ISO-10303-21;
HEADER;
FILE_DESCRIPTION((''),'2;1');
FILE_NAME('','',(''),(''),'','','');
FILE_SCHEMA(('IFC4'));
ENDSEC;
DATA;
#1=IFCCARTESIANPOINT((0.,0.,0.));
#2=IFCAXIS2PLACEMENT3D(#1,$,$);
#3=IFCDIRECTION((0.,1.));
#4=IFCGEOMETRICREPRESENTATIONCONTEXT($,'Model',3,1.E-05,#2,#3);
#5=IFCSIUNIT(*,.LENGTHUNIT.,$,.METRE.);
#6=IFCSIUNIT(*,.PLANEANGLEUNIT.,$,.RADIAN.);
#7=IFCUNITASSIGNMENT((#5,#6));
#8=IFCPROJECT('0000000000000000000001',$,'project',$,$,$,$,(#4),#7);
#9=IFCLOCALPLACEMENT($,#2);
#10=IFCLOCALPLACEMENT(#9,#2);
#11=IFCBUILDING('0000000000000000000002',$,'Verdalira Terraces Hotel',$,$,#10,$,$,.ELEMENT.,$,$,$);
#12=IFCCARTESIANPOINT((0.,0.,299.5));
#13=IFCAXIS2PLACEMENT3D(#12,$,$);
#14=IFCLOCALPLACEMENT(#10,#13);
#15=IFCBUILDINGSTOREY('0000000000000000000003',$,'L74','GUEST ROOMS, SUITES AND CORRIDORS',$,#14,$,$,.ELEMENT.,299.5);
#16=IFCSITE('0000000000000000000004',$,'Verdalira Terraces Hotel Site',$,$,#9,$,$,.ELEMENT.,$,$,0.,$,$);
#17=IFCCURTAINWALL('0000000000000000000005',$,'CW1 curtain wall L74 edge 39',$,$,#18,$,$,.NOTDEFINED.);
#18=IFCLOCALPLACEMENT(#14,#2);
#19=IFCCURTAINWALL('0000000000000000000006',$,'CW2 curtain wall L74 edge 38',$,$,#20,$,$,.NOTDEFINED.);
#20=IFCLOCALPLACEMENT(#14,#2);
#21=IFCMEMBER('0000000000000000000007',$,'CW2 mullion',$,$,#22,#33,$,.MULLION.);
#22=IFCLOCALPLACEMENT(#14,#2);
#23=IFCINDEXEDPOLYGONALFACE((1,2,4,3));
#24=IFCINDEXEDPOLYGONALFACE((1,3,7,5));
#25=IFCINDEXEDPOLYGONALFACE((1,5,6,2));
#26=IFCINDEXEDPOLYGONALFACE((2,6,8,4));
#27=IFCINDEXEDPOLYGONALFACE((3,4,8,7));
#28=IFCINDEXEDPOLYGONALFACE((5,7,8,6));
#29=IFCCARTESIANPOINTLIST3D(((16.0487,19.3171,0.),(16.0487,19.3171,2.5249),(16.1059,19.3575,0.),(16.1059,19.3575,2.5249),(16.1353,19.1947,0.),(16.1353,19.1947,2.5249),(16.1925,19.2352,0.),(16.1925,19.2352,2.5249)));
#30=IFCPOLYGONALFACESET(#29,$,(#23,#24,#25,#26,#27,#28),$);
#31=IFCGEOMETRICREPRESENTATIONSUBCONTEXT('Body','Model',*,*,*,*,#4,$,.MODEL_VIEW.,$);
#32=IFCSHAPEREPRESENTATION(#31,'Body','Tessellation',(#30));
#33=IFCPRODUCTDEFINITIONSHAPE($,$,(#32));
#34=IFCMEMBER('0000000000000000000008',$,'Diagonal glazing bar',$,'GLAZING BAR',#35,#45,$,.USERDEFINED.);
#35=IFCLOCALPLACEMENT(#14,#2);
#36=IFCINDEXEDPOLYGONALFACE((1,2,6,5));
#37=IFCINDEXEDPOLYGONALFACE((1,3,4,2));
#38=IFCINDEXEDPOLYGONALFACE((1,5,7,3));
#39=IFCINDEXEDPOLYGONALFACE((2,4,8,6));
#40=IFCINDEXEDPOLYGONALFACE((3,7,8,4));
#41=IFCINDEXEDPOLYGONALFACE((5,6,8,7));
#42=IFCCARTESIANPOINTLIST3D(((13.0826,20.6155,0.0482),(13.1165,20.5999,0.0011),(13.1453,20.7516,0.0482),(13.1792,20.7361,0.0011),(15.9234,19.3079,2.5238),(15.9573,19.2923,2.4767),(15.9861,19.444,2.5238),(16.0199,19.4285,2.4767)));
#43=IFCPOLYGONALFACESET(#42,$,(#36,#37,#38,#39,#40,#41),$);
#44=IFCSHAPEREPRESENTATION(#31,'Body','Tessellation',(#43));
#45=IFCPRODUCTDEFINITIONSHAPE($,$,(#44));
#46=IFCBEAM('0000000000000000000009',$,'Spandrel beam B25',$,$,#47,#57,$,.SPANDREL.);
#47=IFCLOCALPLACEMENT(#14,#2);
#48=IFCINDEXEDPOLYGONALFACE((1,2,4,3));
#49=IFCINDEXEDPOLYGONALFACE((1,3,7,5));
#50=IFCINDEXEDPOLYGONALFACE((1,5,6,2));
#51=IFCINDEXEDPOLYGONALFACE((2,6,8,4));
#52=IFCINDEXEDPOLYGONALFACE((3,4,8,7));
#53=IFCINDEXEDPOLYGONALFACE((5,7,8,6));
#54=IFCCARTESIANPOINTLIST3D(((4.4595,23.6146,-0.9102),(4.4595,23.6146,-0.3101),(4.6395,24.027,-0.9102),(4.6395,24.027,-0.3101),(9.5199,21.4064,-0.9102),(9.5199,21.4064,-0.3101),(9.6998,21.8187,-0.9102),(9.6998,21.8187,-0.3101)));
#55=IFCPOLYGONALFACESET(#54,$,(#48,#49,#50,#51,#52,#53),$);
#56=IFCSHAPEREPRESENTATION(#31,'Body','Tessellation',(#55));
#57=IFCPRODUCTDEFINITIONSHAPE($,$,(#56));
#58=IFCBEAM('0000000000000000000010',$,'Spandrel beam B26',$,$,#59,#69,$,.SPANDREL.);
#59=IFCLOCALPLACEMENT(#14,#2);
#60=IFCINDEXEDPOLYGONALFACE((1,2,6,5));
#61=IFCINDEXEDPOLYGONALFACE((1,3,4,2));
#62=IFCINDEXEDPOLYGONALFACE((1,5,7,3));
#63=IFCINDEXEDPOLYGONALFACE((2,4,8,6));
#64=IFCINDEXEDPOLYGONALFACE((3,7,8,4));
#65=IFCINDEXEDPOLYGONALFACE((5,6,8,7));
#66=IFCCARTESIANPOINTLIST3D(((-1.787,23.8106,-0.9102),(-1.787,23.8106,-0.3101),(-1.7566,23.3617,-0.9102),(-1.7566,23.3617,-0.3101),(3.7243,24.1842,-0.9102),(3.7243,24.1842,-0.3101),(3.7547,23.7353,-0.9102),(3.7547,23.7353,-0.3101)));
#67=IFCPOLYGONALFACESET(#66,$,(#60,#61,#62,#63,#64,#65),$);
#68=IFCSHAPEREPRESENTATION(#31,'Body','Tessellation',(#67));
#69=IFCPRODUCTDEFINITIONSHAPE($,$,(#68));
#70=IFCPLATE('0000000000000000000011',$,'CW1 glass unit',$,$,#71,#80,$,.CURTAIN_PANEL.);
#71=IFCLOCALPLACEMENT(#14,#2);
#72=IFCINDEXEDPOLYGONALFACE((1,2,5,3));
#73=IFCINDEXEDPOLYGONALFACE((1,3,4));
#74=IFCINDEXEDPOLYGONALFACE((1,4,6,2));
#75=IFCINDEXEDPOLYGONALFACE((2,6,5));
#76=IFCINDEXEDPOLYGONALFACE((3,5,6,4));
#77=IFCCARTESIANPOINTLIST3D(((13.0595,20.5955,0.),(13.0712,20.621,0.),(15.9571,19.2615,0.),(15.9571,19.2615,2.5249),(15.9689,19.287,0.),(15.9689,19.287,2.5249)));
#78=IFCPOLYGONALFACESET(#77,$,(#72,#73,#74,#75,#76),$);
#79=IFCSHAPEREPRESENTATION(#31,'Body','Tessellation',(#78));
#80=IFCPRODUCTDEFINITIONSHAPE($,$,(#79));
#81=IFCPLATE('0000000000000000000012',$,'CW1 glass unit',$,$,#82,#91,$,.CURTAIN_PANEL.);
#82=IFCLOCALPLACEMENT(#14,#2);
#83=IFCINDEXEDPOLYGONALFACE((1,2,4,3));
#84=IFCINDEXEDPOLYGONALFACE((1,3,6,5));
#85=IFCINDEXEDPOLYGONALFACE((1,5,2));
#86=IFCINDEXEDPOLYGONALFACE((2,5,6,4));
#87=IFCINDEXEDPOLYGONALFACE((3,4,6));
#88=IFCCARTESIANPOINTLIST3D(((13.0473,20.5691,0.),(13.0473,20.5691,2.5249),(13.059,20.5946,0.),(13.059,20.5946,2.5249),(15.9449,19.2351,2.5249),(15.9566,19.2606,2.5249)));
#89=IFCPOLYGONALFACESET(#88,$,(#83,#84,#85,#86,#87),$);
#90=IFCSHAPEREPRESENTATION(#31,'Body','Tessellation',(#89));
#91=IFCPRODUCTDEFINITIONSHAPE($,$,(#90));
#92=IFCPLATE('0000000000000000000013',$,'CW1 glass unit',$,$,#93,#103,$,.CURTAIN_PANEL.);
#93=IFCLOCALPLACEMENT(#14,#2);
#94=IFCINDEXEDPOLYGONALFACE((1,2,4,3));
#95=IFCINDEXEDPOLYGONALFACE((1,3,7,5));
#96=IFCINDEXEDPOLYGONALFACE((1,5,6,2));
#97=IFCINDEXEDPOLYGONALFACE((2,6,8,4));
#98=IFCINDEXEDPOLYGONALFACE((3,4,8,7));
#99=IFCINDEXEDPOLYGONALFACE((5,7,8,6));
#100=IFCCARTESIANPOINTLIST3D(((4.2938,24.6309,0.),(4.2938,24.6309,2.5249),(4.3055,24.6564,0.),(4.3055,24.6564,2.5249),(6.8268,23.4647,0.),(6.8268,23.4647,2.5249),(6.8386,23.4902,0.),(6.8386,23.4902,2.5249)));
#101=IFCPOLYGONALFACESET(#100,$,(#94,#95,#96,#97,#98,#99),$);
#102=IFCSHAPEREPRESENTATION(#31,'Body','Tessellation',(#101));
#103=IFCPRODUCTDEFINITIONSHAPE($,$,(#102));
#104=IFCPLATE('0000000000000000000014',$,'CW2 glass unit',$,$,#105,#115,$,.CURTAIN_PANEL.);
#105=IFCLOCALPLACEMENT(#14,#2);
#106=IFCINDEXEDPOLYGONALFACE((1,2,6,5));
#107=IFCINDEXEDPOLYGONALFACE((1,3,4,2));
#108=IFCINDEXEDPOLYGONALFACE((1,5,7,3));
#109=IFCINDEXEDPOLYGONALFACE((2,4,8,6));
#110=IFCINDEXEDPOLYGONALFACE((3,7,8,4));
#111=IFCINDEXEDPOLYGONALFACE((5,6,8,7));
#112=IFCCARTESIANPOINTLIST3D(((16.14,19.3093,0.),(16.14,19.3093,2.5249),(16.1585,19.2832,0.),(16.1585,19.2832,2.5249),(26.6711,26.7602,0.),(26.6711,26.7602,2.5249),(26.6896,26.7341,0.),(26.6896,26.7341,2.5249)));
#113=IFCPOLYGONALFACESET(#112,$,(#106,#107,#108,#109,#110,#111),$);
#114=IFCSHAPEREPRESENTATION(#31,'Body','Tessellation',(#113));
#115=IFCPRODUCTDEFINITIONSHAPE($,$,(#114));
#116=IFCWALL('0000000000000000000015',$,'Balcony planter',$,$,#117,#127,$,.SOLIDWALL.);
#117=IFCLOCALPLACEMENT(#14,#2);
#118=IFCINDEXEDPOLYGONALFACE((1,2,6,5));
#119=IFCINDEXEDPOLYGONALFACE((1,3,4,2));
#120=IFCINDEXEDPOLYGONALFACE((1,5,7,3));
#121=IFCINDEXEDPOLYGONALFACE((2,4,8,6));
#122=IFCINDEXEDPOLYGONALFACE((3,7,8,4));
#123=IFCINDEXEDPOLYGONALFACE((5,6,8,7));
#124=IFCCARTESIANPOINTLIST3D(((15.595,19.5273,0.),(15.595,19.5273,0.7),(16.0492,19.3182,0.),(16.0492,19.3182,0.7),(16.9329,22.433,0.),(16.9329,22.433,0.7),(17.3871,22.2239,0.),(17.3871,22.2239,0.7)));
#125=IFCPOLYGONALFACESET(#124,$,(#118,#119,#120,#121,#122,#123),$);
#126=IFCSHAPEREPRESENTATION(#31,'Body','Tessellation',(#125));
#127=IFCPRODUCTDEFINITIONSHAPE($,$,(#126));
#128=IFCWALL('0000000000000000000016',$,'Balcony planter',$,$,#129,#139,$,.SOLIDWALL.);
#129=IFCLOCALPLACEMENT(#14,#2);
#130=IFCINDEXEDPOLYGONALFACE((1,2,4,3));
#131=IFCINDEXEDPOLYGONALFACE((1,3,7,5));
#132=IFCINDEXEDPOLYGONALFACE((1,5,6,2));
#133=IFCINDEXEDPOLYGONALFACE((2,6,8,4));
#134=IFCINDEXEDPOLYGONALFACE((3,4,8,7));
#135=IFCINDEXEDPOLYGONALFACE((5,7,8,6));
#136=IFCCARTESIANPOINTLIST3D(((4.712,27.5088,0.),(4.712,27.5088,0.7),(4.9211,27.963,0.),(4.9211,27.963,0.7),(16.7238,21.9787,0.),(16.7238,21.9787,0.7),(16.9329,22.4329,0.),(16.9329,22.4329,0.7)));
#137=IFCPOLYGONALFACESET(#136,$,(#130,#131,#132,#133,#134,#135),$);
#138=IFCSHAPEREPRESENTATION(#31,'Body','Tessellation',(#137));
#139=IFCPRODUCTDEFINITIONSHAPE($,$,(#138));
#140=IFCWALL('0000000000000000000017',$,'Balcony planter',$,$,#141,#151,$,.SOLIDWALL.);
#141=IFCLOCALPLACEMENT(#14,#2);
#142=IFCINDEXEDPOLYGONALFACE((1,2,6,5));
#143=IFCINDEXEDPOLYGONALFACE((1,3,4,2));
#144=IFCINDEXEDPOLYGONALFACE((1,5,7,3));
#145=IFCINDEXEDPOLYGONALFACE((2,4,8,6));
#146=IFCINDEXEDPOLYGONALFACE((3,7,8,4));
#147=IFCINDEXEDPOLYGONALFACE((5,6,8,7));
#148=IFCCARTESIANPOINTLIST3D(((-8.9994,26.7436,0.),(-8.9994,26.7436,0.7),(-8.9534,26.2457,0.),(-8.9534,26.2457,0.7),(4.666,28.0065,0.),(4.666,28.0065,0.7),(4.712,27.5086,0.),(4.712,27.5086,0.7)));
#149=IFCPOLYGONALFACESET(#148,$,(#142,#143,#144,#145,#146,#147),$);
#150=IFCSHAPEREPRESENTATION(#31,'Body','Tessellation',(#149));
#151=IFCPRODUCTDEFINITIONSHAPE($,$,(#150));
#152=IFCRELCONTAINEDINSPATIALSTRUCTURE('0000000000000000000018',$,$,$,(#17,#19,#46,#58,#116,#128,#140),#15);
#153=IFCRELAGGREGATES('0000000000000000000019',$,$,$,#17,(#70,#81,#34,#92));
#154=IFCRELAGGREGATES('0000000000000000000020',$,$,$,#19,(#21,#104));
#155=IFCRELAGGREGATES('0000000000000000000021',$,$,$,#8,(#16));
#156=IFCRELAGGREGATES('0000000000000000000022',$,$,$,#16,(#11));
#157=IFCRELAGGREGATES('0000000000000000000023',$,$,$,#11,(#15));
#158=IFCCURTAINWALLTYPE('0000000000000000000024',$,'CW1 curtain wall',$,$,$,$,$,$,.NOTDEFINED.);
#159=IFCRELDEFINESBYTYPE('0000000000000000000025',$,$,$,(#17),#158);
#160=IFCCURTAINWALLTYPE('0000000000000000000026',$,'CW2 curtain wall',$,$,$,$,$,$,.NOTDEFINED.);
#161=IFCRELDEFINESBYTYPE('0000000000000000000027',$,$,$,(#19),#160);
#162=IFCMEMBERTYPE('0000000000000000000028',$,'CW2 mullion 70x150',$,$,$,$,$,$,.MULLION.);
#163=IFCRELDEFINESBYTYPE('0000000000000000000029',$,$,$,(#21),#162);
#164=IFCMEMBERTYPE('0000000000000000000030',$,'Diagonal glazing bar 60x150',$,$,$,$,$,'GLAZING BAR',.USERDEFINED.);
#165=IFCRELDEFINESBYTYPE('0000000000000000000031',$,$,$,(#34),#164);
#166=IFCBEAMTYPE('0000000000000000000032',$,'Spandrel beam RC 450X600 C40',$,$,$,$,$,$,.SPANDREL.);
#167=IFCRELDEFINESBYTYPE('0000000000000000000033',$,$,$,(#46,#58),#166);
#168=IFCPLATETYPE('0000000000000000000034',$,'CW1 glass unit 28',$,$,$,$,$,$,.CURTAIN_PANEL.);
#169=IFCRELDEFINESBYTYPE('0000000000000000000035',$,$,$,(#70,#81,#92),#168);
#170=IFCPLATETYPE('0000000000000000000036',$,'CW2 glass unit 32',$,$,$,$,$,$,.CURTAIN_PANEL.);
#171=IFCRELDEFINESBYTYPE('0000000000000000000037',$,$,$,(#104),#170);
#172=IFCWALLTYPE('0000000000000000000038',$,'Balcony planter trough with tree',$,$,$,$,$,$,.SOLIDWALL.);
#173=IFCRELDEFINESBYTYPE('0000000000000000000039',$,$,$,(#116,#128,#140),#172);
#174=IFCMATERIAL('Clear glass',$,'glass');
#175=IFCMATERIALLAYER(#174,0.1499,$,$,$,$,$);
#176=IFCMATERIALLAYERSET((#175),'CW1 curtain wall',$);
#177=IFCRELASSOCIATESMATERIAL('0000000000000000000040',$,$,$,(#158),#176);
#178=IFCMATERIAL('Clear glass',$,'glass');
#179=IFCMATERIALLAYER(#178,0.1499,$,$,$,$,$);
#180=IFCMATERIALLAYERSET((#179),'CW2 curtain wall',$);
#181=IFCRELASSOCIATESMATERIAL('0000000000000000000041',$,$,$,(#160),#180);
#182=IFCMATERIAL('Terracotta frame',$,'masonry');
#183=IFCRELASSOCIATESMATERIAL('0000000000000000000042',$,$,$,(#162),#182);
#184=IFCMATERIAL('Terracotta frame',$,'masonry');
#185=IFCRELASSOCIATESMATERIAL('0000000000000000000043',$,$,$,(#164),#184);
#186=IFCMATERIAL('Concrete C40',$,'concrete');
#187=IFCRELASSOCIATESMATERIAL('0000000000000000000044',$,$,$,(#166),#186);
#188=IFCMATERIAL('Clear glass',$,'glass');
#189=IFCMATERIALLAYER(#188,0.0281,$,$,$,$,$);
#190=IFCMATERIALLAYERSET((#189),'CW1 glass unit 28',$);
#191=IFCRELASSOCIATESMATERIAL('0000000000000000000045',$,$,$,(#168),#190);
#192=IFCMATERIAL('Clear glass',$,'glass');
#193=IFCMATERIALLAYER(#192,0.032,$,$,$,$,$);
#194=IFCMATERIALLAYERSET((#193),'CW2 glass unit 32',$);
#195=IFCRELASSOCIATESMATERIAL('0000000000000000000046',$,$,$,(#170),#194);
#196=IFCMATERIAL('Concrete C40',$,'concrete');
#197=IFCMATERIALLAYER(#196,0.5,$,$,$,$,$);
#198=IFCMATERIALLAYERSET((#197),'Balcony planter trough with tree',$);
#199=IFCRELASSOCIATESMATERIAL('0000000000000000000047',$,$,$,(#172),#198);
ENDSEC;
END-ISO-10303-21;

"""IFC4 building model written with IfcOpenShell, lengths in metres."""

from ifc_helpers import new_model, si_unit, direction, frame, frame_2d, origin, origin_2d, place, context, subcontext, project, spatial, polyline, rectangle, outline, extrude, material, layer, layer_set, material_profile, profile_set, type_object, element, aggregate, save


model = new_model("IFC4")

# Units and contexts
model_context = context("Model", 3, precision=1e-05, world=origin(), true_north=direction((0.0, 1.0)))
body_context = subcontext(model_context, "Body", "Model", "MODEL_VIEW")
ifc_project = project(units=[si_unit("LENGTHUNIT", "METRE"), si_unit("PLANEANGLEUNIT", "RADIAN")], contexts=[model_context])

# Site, building, storey
site_placement = place(None, origin())
site = spatial("IfcSite", under=ifc_project, at=site_placement, Name="Verdalira Terraces Hotel Site", CompositionType="ELEMENT", RefElevation=0.0)
building_placement = place(site_placement, origin())
building = spatial("IfcBuilding", under=site, at=building_placement, Name="Verdalira Terraces Hotel", CompositionType="ELEMENT")
storey_placement = place(building_placement, frame((0.0, 0.0, 299.5)))
storey = spatial("IfcBuildingStorey", under=building, at=storey_placement, Name="L74", Description="GUEST ROOMS, SUITES AND CORRIDORS", CompositionType="ELEMENT", Elevation=299.5)

# Curtain wall
ifc_material_1 = material(Name="Clear glass", Category="glass")
ifc_layer_1 = layer(ifc_material_1, 0.1499)
ifc_layer_set_1 = layer_set([ifc_layer_1], Name="CW1 curtain wall")
curtain_wall_type_1 = type_object("IfcCurtainWallType", Name="CW1 curtain wall", PredefinedType="NOTDEFINED", material=ifc_layer_set_1)
curtain_wall_1_placement = place(storey_placement, origin())
curtain_wall_1 = element("IfcCurtainWall", 1, at=curtain_wall_1_placement, inside=storey, type_object=curtain_wall_type_1, Name="CW1 curtain wall L74 edge 39", PredefinedType="NOTDEFINED")

# Curtain wall, member
ifc_material_2 = material(Name="Clear glass", Category="glass")
ifc_layer_2 = layer(ifc_material_2, 0.1499)
ifc_layer_set_2 = layer_set([ifc_layer_2], Name="CW2 curtain wall")
curtain_wall_type_2 = type_object("IfcCurtainWallType", Name="CW2 curtain wall", PredefinedType="NOTDEFINED", material=ifc_layer_set_2)
curtain_wall_2_placement = place(storey_placement, origin())
curtain_wall_2 = element("IfcCurtainWall", 2, at=curtain_wall_2_placement, inside=storey, type_object=curtain_wall_type_2, Name="CW2 curtain wall L74 edge 38", PredefinedType="NOTDEFINED")
ifc_material_3 = material(Name="Terracotta frame", Category="masonry")
ifc_material_profile_1 = material_profile(ifc_material_3, rectangle(XDim=0.0701, YDim=0.1499, at=origin_2d()), Name="MU 70x150")
ifc_profile_set_1 = profile_set([ifc_material_profile_1], Name="Terracotta frame")
member_type_1 = type_object("IfcMemberType", Name="CW2 mullion 70x150", PredefinedType="MULLION", material=ifc_profile_set_1)
member_1_placement = place(storey_placement, frame((16.1206, 19.2761, 0.0), z_axis=(0.0, 0.0, 1.0), x_axis=(-0.816339, -0.577573, 0.0)))
member_1 = element("IfcMember", 3, at=member_1_placement, type_object=member_type_1, Name="CW2 mullion", PredefinedType="MULLION", context=body_context, shape_type="SweptSolid", body=[
    extrude(rectangle(XDim=0.0701, YDim=0.1499, at=origin_2d()), origin(), (0.0, 0.0, 1.0), 2.5249),
])

# Member
ifc_material_4 = material(Name="Terracotta frame", Category="masonry")
ifc_material_profile_2 = material_profile(ifc_material_4, rectangle(XDim=0.1499, YDim=0.0601, at=origin_2d()), Name="GB 60x150")
ifc_profile_set_2 = profile_set([ifc_material_profile_2], Name="Terracotta frame")
member_type_2 = type_object("IfcMemberType", Name="Diagonal glazing bar 60x150", ElementType="GLAZING BAR", PredefinedType="USERDEFINED", material=ifc_profile_set_2)
member_2_placement = place(storey_placement, frame((15.9717, 19.3682, 2.5002), z_axis=(-0.712241, 0.327842, -0.620671), x_axis=(-0.418127, -0.908388, 0.0)))
member_2 = element("IfcMember", 4, at=member_2_placement, type_object=member_type_2, Name="Diagonal glazing bar", ObjectType="GLAZING BAR", PredefinedType="USERDEFINED", context=body_context, shape_type="SweptSolid", body=[
    extrude(rectangle(XDim=0.1499, YDim=0.0601, at=origin_2d()), origin(), (0.0, 0.0, 1.0), 3.9885),
])

# Beams
ifc_material_5 = material(Name="Concrete C40", Category="concrete")
ifc_material_profile_3 = material_profile(ifc_material_5, rectangle(XDim=0.45, YDim=0.6001, at=origin_2d()), Name="RC 450X600")
ifc_profile_set_3 = profile_set([ifc_material_profile_3], Name="Concrete C40")
beam_type_1 = type_object("IfcBeamType", Name="Spandrel beam RC 450X600 C40", PredefinedType="SPANDREL", material=ifc_profile_set_3)
beam_1_placement = place(storey_placement, frame((9.6099, 21.6125, -0.6101), z_axis=(-0.916531, 0.399963, 0.0), x_axis=(-0.399963, -0.916531, 0.0)))
element("IfcBeam", 5, at=beam_1_placement, inside=storey, type_object=beam_type_1, Name="Spandrel beam B25", PredefinedType="SPANDREL", context=body_context, shape_type="SweptSolid", body=[
    extrude(rectangle(XDim=0.45, YDim=0.6001, at=origin_2d()), origin(), (0.0, 0.0, 1.0), 5.5212),
])
beam_2_placement = place(storey_placement, frame((3.7395, 23.9597, -0.6101), z_axis=(-0.997711, -0.067622, 0.0), x_axis=(0.067622, -0.997711, 0.0)))
element("IfcBeam", 6, at=beam_2_placement, inside=storey, type_object=beam_type_1, Name="Spandrel beam B26", PredefinedType="SPANDREL", context=body_context, shape_type="SweptSolid", body=[
    extrude(rectangle(XDim=0.45, YDim=0.6001, at=origin_2d()), origin(), (0.0, 0.0, 1.0), 5.5239),
])

# Plates
ifc_material_6 = material(Name="Clear glass", Category="glass")
ifc_layer_3 = layer(ifc_material_6, 0.0281)
ifc_layer_set_3 = layer_set([ifc_layer_3], Name="CW1 glass unit 28")
plate_type_1 = type_object("IfcPlateType", Name="CW1 glass unit 28", PredefinedType="CURTAIN_PANEL", material=ifc_layer_set_3)
plate_1_placement = place(storey_placement, frame((14.5083, 19.9285, 1.2625), z_axis=(0.418184, 0.908362, 0.0), x_axis=(-0.908362, 0.418184, 0.0)))
plate_1 = element("IfcPlate", 7, at=plate_1_placement, type_object=plate_type_1, Name="CW1 glass unit", PredefinedType="CURTAIN_PANEL", context=body_context, shape_type="SweptSolid", body=[
    extrude(outline(polyline([(-1.595, -1.2625), (1.595, -1.2625), (-1.595, 1.2625), (-1.595, -1.2625)])), origin(), (0.0, 0.0, 1.0), 0.0281),
])
plate_2_placement = place(storey_placement, frame((14.4961, 19.9021, 1.2625), z_axis=(0.418184, 0.908362, 0.0), x_axis=(-0.908362, 0.418184, 0.0)))
plate_2 = element("IfcPlate", 8, at=plate_2_placement, type_object=plate_type_1, Name="CW1 glass unit", PredefinedType="CURTAIN_PANEL", context=body_context, shape_type="SweptSolid", body=[
    extrude(outline(polyline([(1.595, -1.2625), (1.595, 1.2625), (-1.595, 1.2625), (1.595, -1.2625)])), origin(), (0.0, 0.0, 1.0), 0.0281),
])
plate_3_placement = place(storey_placement, frame((5.5662, 24.0605, 0.0), z_axis=(0.0, 0.0, 1.0), x_axis=(-0.908362, 0.418184, 0.0)))
plate_3 = element("IfcPlate", 9, at=plate_3_placement, type_object=plate_type_1, Name="CW1 glass unit", PredefinedType="CURTAIN_PANEL", context=body_context, shape_type="SweptSolid", body=[
    extrude(rectangle(XDim=2.7886, YDim=0.0281, at=origin_2d()), origin(), (0.0, 0.0, 1.0), 2.5249),
])
aggregate(curtain_wall_1, [plate_1, plate_2, member_2, plate_3])
ifc_material_7 = material(Name="Clear glass", Category="glass")
ifc_layer_4 = layer(ifc_material_7, 0.032)
ifc_layer_set_4 = layer_set([ifc_layer_4], Name="CW2 glass unit 32")
plate_type_2 = type_object("IfcPlateType", Name="CW2 glass unit 32", PredefinedType="CURTAIN_PANEL", material=ifc_layer_set_4)
plate_4_placement = place(storey_placement, frame((21.4148, 23.0217, 0.0), z_axis=(0.0, 0.0, 1.0), x_axis=(-0.816339, -0.577573, 0.0)))
plate_4 = element("IfcPlate", 10, at=plate_4_placement, type_object=plate_type_2, Name="CW2 glass unit", PredefinedType="CURTAIN_PANEL", context=body_context, shape_type="SweptSolid", body=[
    extrude(rectangle(XDim=12.9004, YDim=0.032, at=origin_2d()), origin(), (0.0, 0.0, 1.0), 2.5249),
])
aggregate(curtain_wall_2, [member_1, plate_4])

# Walls
ifc_material_8 = material(Name="Concrete C40", Category="concrete")
ifc_layer_5 = layer(ifc_material_8, 0.5)
ifc_layer_set_5 = layer_set([ifc_layer_5], Name="Balcony planter trough with tree")
wall_type_1 = type_object("IfcWallType", Name="Balcony planter trough with tree", PredefinedType="SOLIDWALL", material=ifc_layer_set_5)
wall_1_placement = place(storey_placement, frame((15.822, 19.4226, 0.0), z_axis=(0.0, 0.0, 1.0), x_axis=(0.418226, 0.908343, 0.0)))
element("IfcWall", 11, at=wall_1_placement, inside=storey, type_object=wall_type_1, Name="Balcony planter", PredefinedType="SOLIDWALL", context=body_context, shape_type="SweptSolid", body=[
    extrude(rectangle(XDim=3.199, YDim=0.5, at=frame_2d((1.5996, 0.0))), origin(), (0.0, 0.0, 1.0), 0.7),
])
wall_2_placement = place(storey_placement, frame((16.8284, 22.2058, 0.0), z_axis=(0.0, 0.0, 1.0), x_axis=(-0.908357, 0.418195, 0.0)))
element("IfcWall", 12, at=wall_2_placement, inside=storey, type_object=wall_type_1, Name="Balcony planter", PredefinedType="SOLIDWALL", context=body_context, shape_type="SweptSolid", body=[
    extrude(rectangle(XDim=13.2236, YDim=0.5, at=frame_2d((6.6118, 0.0))), origin(), (0.0, 0.0, 1.0), 0.7),
])
wall_3_placement = place(storey_placement, frame((4.689, 27.7576, 0.0), z_axis=(0.0, 0.0, 1.0), x_axis=(-0.995756, -0.092027, 0.0)))
element("IfcWall", 13, at=wall_3_placement, inside=storey, type_object=wall_type_1, Name="Balcony planter", PredefinedType="SOLIDWALL", context=body_context, shape_type="SweptSolid", body=[
    extrude(rectangle(XDim=13.7236, YDim=0.5, at=frame_2d((6.8618, 0.0))), origin(), (0.0, 0.0, 1.0), 0.7),
])

save(model, "model.ifc")
